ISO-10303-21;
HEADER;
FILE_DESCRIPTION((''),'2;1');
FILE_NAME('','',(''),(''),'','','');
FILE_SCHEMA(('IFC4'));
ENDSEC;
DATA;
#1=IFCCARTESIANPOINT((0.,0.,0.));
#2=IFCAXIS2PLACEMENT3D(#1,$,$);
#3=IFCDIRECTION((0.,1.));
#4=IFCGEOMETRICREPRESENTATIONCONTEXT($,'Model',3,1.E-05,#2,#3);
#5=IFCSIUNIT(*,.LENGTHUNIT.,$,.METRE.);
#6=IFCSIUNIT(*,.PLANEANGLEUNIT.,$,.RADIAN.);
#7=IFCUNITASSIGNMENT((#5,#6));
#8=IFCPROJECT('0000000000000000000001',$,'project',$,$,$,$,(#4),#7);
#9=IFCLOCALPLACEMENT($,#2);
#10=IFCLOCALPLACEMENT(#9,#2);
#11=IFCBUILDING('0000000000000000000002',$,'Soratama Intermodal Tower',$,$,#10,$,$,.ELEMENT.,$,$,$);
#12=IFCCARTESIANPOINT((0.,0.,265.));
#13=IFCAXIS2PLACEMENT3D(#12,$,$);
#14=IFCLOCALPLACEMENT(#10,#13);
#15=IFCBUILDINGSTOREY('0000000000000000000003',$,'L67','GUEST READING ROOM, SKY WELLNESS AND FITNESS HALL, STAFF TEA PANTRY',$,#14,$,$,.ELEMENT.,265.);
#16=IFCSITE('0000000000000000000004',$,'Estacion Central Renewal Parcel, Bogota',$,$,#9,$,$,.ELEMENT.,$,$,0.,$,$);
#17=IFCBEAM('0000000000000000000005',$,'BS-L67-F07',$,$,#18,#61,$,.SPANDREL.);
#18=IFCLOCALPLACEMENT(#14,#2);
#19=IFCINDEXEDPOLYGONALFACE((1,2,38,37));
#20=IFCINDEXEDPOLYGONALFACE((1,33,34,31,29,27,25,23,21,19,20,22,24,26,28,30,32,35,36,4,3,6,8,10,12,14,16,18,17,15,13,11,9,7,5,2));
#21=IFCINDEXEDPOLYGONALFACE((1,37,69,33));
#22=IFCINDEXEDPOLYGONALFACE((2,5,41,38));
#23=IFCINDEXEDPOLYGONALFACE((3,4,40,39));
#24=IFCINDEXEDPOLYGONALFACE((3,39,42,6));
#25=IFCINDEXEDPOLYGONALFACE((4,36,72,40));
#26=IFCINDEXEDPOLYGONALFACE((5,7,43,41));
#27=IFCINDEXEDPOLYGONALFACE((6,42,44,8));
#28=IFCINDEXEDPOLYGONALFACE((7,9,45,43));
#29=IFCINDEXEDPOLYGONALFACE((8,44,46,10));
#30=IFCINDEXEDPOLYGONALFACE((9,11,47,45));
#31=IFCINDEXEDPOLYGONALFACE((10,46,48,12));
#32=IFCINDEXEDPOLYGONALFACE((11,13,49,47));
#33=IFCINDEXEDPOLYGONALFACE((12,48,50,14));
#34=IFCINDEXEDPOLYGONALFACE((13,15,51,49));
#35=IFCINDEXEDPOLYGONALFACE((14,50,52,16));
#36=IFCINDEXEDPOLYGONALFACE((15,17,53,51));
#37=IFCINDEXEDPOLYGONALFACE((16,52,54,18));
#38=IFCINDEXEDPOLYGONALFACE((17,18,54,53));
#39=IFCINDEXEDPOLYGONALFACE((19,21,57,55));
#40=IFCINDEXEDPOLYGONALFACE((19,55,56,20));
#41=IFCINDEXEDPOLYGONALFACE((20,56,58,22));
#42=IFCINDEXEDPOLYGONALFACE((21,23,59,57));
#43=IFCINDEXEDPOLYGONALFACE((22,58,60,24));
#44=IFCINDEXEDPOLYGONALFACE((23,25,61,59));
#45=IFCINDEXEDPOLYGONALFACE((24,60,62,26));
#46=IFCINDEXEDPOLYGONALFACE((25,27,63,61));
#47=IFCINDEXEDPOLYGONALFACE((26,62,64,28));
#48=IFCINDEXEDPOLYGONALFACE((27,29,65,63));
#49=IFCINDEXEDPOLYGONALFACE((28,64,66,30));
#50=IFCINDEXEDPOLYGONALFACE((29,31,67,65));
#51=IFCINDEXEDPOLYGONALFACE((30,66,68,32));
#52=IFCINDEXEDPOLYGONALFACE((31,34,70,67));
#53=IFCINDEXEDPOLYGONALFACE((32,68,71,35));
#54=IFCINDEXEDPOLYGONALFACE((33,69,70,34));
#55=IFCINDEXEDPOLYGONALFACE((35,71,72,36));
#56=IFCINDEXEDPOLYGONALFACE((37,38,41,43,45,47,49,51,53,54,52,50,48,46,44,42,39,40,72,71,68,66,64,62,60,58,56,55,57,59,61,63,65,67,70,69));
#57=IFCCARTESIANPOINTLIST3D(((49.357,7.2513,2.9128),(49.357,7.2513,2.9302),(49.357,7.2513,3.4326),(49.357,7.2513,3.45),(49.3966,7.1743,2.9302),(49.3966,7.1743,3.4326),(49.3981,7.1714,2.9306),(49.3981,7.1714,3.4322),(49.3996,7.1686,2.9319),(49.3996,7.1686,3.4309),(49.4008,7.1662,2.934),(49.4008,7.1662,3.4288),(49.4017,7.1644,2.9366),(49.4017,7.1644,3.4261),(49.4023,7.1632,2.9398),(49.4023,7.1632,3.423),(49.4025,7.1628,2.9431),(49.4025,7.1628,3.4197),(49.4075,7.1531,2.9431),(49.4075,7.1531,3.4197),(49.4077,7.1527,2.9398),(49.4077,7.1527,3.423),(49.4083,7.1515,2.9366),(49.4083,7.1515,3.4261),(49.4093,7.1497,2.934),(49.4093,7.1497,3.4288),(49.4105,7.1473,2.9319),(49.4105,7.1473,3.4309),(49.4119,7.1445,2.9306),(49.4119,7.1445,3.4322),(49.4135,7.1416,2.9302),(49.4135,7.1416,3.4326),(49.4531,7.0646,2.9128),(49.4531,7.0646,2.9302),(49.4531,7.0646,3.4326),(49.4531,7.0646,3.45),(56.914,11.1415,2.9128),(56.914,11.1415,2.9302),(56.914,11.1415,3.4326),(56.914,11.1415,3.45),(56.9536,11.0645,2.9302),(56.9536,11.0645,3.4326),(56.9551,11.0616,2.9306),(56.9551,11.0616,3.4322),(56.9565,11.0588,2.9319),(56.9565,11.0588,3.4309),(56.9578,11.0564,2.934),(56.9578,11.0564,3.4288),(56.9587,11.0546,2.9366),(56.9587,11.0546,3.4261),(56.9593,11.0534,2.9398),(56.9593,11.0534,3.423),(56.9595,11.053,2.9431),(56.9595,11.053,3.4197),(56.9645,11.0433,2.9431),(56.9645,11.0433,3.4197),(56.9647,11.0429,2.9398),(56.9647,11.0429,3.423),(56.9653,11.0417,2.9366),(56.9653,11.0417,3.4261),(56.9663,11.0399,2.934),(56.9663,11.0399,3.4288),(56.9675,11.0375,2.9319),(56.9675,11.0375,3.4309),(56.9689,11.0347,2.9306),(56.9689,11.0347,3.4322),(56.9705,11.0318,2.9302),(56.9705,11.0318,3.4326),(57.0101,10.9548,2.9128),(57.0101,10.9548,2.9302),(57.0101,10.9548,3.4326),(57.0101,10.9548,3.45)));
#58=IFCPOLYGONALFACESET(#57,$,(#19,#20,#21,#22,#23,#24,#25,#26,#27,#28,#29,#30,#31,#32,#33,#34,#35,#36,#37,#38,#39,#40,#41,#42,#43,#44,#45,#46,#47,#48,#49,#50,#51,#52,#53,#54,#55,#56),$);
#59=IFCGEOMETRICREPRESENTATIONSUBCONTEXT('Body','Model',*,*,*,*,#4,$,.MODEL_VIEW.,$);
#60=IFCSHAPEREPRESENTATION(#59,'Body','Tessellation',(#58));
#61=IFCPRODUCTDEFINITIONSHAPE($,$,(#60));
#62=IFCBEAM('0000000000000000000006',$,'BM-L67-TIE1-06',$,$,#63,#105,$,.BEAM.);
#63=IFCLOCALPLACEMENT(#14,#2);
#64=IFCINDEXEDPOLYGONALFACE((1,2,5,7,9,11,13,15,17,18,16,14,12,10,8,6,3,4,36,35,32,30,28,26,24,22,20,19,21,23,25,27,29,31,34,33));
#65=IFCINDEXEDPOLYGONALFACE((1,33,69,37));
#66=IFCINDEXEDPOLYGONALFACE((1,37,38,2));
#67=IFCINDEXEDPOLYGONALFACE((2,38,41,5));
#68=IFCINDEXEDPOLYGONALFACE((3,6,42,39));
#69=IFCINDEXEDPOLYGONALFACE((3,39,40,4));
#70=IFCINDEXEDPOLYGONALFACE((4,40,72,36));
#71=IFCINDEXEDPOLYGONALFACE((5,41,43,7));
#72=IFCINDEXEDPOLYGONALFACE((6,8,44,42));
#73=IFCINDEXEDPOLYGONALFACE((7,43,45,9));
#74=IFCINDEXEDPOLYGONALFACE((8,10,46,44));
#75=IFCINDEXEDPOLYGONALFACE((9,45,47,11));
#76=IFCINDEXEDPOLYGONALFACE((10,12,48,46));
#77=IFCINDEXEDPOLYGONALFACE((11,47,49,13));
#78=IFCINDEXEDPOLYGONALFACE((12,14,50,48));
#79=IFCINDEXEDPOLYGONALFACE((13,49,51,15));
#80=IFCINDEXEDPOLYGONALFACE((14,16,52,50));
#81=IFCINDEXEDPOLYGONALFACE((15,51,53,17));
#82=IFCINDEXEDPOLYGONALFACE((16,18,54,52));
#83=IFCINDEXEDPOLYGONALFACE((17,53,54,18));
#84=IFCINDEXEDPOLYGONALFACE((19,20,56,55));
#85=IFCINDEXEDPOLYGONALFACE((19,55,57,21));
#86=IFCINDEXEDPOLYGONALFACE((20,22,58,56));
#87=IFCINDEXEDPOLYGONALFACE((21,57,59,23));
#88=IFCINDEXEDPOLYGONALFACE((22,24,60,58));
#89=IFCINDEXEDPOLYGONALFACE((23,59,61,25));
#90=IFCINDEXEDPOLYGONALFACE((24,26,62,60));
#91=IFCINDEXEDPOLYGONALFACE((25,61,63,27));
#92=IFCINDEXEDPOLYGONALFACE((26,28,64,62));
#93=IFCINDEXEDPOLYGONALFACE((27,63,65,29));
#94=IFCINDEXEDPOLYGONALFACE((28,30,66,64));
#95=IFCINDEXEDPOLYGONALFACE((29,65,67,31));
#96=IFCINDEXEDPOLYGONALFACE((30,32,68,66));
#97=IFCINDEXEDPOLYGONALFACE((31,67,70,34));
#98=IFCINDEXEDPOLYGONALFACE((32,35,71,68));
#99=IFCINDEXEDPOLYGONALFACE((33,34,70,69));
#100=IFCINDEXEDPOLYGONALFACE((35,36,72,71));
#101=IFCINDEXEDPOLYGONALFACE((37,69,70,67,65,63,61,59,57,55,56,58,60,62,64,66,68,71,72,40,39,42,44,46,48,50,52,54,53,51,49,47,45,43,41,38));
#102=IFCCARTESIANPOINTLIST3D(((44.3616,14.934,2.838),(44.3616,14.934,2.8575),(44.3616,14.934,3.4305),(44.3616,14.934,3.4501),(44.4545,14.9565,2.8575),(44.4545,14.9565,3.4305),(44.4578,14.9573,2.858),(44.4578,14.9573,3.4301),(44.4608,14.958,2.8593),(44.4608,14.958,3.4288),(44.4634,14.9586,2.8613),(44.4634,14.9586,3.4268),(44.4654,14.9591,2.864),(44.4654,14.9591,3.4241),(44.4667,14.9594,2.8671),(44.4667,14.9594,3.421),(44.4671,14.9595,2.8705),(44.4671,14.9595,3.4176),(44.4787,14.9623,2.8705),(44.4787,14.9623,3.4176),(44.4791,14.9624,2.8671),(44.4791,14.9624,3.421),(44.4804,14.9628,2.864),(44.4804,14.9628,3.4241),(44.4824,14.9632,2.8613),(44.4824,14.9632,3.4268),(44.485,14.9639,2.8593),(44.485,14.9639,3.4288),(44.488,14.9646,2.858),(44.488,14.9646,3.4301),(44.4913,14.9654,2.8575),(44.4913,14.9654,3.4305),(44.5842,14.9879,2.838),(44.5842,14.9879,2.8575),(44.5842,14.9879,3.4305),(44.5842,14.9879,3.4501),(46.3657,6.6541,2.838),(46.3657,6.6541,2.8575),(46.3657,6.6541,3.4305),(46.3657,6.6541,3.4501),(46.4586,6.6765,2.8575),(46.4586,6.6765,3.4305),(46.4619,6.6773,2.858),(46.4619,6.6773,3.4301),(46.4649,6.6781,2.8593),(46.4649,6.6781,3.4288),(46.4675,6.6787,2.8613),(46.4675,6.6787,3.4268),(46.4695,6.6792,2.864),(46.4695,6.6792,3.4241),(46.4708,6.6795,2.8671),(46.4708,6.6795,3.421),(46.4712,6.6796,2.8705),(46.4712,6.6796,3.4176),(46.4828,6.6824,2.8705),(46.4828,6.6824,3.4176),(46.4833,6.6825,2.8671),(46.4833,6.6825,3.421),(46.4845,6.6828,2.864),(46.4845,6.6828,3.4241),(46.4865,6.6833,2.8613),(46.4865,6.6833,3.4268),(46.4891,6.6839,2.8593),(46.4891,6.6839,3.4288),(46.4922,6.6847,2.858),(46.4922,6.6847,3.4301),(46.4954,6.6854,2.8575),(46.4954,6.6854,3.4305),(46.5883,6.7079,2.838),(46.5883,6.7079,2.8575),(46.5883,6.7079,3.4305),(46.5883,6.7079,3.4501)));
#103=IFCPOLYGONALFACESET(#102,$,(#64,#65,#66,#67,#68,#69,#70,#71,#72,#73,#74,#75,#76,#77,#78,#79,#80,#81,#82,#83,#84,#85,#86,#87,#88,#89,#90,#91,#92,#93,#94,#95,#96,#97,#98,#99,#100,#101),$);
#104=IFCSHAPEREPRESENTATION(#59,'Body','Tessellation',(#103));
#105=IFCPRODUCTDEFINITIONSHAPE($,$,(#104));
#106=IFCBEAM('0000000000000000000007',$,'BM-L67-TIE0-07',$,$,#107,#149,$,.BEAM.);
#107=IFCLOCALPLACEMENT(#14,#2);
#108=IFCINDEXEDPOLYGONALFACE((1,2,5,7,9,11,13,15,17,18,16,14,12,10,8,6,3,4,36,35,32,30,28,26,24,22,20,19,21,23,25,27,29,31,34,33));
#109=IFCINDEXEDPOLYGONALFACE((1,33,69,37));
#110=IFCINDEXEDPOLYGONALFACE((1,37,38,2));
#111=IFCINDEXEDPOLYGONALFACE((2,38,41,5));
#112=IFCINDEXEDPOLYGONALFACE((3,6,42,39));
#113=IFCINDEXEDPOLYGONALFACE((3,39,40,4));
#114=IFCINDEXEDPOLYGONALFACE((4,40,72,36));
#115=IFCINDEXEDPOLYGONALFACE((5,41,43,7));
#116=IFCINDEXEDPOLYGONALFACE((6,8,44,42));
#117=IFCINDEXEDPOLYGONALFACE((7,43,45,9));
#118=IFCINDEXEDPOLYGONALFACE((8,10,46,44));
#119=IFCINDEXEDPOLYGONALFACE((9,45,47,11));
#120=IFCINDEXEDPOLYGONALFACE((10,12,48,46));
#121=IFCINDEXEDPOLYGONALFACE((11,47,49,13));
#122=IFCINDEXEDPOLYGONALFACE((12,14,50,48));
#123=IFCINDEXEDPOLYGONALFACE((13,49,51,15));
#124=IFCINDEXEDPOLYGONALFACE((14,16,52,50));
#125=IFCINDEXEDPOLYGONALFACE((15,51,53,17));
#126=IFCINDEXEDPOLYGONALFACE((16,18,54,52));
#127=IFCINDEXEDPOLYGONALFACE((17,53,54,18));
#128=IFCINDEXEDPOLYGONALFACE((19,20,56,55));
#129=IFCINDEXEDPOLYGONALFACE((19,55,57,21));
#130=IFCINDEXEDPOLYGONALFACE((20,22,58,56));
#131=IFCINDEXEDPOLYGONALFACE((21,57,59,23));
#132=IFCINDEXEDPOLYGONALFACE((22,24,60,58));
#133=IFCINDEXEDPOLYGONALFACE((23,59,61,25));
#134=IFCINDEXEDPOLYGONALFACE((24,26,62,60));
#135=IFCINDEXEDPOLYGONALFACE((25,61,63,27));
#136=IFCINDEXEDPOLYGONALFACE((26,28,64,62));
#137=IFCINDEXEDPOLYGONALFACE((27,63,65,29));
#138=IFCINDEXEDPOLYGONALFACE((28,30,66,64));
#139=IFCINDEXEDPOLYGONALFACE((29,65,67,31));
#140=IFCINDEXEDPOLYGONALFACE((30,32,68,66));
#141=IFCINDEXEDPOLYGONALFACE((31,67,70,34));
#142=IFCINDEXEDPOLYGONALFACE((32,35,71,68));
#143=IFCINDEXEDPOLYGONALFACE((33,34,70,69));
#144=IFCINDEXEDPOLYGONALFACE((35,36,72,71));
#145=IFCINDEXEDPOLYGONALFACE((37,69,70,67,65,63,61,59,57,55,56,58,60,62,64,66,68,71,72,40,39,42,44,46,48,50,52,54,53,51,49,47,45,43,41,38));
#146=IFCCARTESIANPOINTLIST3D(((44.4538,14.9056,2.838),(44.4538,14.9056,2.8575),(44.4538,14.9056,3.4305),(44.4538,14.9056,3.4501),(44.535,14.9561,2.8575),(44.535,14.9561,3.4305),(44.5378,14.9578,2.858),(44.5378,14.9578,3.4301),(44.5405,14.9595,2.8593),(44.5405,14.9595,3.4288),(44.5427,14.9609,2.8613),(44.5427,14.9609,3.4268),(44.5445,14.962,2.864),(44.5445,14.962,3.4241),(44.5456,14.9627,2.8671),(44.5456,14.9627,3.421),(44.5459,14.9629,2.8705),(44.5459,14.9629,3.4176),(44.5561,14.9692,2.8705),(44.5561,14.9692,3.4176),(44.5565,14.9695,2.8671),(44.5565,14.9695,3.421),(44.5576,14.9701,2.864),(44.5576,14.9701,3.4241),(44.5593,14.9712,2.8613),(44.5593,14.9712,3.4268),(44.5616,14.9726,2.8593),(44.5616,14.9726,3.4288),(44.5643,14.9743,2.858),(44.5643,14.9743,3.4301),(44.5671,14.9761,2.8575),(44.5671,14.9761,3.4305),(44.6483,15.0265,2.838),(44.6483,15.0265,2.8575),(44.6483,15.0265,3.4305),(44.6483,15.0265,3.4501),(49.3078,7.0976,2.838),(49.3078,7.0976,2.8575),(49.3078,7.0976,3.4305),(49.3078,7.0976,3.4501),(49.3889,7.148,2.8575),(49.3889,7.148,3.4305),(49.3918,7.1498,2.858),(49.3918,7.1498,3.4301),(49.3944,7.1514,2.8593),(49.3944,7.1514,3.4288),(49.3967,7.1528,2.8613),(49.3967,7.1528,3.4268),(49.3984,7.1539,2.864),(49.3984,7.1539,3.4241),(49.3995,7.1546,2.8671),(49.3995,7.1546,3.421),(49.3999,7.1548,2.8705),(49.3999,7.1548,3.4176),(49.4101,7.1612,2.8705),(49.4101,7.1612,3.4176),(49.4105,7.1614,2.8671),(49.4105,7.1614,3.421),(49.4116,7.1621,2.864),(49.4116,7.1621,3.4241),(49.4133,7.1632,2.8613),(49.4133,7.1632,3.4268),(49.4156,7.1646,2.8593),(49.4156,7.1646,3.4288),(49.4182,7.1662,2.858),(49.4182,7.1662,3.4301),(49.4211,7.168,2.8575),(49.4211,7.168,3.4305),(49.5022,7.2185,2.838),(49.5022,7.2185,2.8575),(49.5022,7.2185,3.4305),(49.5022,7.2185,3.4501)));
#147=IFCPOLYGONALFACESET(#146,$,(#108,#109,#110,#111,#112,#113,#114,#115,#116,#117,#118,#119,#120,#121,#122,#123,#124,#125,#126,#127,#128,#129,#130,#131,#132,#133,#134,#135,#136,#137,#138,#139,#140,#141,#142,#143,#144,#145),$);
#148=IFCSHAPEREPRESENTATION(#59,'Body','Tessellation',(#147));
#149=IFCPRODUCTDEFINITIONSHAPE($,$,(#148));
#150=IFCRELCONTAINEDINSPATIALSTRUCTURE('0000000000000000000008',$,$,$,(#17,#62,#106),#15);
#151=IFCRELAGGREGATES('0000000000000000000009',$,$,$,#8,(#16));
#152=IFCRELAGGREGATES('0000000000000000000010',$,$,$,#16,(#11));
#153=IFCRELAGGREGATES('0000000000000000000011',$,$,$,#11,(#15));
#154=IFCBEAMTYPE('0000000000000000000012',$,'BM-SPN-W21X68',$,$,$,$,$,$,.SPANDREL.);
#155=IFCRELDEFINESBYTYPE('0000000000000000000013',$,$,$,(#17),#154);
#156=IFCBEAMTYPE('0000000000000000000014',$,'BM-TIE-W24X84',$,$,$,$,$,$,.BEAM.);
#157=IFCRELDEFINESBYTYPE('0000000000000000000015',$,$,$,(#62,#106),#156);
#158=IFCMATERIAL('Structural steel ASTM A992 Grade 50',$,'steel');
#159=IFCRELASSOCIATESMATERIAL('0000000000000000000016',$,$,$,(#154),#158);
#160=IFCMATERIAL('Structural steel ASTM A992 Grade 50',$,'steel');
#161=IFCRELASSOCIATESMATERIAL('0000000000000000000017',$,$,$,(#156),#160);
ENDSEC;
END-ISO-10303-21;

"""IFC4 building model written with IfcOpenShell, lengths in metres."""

from ifc_helpers import new_model, si_unit, direction, frame, origin, origin_2d, place, context, subcontext, project, spatial, i_section, extrude, material, material_profile, profile_set, type_object, element, save


model = new_model("IFC4")

# Units and contexts
model_context = context("Model", 3, precision=1e-05, world=origin(), true_north=direction((0.0, 1.0)))
body_context = subcontext(model_context, "Body", "Model", "MODEL_VIEW")
ifc_project = project(units=[si_unit("LENGTHUNIT", "METRE"), si_unit("PLANEANGLEUNIT", "RADIAN")], contexts=[model_context])

# Site, building, storey
site_placement = place(None, origin())
site = spatial("IfcSite", under=ifc_project, at=site_placement, Name="Estacion Central Renewal Parcel, Bogota", CompositionType="ELEMENT", RefElevation=0.0)
building_placement = place(site_placement, origin())
building = spatial("IfcBuilding", under=site, at=building_placement, Name="Soratama Intermodal Tower", CompositionType="ELEMENT")
storey_placement = place(building_placement, frame((0.0, 0.0, 265.0)))
storey = spatial("IfcBuildingStorey", under=building, at=storey_placement, Name="L67", Description="GUEST READING ROOM, SKY WELLNESS AND FITNESS HALL, STAFF TEA PANTRY", CompositionType="ELEMENT", Elevation=265.0)

# Beams
ifc_material_1 = material(Name="Structural steel ASTM A992 Grade 50", Category="steel")
ifc_material_profile_1 = material_profile(ifc_material_1, i_section(OverallWidth=0.21, OverallDepth=0.5371, WebThickness=0.011, FlangeThickness=0.0173, FilletRadius=0.0129, at=origin_2d()), Name="W21X68")
ifc_profile_set_1 = profile_set([ifc_material_profile_1], Name="Structural steel ASTM A992 Grade 50")
beam_type_1 = type_object("IfcBeamType", Name="BM-SPN-W21X68", PredefinedType="SPANDREL", material=ifc_profile_set_1)
beam_1_placement = place(storey_placement, frame((49.405, 7.158, 3.1814), z_axis=(0.889109, 0.457696, 0.0), x_axis=(-0.457696, 0.889109, 0.0)))
element("IfcBeam", 1, at=beam_1_placement, inside=storey, type_object=beam_type_1, Name="BS-L67-F07", PredefinedType="SPANDREL", context=body_context, shape_type="SweptSolid", body=[
    extrude(i_section(OverallWidth=0.21, OverallDepth=0.5371, WebThickness=0.011, FlangeThickness=0.0173, FilletRadius=0.0129, at=origin_2d()), origin(), (0.0, 0.0, 1.0), 8.4995),
])
ifc_material_2 = material(Name="Structural steel ASTM A992 Grade 50", Category="steel")
ifc_material_profile_2 = material_profile(ifc_material_2, i_section(OverallWidth=0.229, OverallDepth=0.6121, WebThickness=0.012, FlangeThickness=0.0195, FilletRadius=0.0129, at=origin_2d()), Name="W24X84")
ifc_profile_set_2 = profile_set([ifc_material_profile_2], Name="Structural steel ASTM A992 Grade 50")
beam_type_2 = type_object("IfcBeamType", Name="BM-TIE-W24X84", PredefinedType="BEAM", material=ifc_profile_set_2)
beam_2_placement = place(storey_placement, frame((44.4729, 14.9609, 3.144), z_axis=(0.235253, -0.971934, 0.0), x_axis=(0.971934, 0.235253, 0.0)))
element("IfcBeam", 2, at=beam_2_placement, inside=storey, type_object=beam_type_2, Name="BM-L67-TIE1-06", PredefinedType="BEAM", context=body_context, shape_type="SweptSolid", body=[
    extrude(i_section(OverallWidth=0.229, OverallDepth=0.6121, WebThickness=0.012, FlangeThickness=0.0195, FilletRadius=0.0129, at=origin_2d()), origin(), (0.0, 0.0, 1.0), 8.519),
])
beam_3_placement = place(storey_placement, frame((44.551, 14.9661, 3.144), z_axis=(0.527959, -0.84927, 0.0), x_axis=(0.84927, 0.527959, 0.0)))
element("IfcBeam", 3, at=beam_3_placement, inside=storey, type_object=beam_type_2, Name="BM-L67-TIE0-07", PredefinedType="BEAM", context=body_context, shape_type="SweptSolid", body=[
    extrude(i_section(OverallWidth=0.229, OverallDepth=0.6121, WebThickness=0.012, FlangeThickness=0.0195, FilletRadius=0.0129, at=origin_2d()), origin(), (0.0, 0.0, 1.0), 9.1938),
])

save(model, "model.ifc")
